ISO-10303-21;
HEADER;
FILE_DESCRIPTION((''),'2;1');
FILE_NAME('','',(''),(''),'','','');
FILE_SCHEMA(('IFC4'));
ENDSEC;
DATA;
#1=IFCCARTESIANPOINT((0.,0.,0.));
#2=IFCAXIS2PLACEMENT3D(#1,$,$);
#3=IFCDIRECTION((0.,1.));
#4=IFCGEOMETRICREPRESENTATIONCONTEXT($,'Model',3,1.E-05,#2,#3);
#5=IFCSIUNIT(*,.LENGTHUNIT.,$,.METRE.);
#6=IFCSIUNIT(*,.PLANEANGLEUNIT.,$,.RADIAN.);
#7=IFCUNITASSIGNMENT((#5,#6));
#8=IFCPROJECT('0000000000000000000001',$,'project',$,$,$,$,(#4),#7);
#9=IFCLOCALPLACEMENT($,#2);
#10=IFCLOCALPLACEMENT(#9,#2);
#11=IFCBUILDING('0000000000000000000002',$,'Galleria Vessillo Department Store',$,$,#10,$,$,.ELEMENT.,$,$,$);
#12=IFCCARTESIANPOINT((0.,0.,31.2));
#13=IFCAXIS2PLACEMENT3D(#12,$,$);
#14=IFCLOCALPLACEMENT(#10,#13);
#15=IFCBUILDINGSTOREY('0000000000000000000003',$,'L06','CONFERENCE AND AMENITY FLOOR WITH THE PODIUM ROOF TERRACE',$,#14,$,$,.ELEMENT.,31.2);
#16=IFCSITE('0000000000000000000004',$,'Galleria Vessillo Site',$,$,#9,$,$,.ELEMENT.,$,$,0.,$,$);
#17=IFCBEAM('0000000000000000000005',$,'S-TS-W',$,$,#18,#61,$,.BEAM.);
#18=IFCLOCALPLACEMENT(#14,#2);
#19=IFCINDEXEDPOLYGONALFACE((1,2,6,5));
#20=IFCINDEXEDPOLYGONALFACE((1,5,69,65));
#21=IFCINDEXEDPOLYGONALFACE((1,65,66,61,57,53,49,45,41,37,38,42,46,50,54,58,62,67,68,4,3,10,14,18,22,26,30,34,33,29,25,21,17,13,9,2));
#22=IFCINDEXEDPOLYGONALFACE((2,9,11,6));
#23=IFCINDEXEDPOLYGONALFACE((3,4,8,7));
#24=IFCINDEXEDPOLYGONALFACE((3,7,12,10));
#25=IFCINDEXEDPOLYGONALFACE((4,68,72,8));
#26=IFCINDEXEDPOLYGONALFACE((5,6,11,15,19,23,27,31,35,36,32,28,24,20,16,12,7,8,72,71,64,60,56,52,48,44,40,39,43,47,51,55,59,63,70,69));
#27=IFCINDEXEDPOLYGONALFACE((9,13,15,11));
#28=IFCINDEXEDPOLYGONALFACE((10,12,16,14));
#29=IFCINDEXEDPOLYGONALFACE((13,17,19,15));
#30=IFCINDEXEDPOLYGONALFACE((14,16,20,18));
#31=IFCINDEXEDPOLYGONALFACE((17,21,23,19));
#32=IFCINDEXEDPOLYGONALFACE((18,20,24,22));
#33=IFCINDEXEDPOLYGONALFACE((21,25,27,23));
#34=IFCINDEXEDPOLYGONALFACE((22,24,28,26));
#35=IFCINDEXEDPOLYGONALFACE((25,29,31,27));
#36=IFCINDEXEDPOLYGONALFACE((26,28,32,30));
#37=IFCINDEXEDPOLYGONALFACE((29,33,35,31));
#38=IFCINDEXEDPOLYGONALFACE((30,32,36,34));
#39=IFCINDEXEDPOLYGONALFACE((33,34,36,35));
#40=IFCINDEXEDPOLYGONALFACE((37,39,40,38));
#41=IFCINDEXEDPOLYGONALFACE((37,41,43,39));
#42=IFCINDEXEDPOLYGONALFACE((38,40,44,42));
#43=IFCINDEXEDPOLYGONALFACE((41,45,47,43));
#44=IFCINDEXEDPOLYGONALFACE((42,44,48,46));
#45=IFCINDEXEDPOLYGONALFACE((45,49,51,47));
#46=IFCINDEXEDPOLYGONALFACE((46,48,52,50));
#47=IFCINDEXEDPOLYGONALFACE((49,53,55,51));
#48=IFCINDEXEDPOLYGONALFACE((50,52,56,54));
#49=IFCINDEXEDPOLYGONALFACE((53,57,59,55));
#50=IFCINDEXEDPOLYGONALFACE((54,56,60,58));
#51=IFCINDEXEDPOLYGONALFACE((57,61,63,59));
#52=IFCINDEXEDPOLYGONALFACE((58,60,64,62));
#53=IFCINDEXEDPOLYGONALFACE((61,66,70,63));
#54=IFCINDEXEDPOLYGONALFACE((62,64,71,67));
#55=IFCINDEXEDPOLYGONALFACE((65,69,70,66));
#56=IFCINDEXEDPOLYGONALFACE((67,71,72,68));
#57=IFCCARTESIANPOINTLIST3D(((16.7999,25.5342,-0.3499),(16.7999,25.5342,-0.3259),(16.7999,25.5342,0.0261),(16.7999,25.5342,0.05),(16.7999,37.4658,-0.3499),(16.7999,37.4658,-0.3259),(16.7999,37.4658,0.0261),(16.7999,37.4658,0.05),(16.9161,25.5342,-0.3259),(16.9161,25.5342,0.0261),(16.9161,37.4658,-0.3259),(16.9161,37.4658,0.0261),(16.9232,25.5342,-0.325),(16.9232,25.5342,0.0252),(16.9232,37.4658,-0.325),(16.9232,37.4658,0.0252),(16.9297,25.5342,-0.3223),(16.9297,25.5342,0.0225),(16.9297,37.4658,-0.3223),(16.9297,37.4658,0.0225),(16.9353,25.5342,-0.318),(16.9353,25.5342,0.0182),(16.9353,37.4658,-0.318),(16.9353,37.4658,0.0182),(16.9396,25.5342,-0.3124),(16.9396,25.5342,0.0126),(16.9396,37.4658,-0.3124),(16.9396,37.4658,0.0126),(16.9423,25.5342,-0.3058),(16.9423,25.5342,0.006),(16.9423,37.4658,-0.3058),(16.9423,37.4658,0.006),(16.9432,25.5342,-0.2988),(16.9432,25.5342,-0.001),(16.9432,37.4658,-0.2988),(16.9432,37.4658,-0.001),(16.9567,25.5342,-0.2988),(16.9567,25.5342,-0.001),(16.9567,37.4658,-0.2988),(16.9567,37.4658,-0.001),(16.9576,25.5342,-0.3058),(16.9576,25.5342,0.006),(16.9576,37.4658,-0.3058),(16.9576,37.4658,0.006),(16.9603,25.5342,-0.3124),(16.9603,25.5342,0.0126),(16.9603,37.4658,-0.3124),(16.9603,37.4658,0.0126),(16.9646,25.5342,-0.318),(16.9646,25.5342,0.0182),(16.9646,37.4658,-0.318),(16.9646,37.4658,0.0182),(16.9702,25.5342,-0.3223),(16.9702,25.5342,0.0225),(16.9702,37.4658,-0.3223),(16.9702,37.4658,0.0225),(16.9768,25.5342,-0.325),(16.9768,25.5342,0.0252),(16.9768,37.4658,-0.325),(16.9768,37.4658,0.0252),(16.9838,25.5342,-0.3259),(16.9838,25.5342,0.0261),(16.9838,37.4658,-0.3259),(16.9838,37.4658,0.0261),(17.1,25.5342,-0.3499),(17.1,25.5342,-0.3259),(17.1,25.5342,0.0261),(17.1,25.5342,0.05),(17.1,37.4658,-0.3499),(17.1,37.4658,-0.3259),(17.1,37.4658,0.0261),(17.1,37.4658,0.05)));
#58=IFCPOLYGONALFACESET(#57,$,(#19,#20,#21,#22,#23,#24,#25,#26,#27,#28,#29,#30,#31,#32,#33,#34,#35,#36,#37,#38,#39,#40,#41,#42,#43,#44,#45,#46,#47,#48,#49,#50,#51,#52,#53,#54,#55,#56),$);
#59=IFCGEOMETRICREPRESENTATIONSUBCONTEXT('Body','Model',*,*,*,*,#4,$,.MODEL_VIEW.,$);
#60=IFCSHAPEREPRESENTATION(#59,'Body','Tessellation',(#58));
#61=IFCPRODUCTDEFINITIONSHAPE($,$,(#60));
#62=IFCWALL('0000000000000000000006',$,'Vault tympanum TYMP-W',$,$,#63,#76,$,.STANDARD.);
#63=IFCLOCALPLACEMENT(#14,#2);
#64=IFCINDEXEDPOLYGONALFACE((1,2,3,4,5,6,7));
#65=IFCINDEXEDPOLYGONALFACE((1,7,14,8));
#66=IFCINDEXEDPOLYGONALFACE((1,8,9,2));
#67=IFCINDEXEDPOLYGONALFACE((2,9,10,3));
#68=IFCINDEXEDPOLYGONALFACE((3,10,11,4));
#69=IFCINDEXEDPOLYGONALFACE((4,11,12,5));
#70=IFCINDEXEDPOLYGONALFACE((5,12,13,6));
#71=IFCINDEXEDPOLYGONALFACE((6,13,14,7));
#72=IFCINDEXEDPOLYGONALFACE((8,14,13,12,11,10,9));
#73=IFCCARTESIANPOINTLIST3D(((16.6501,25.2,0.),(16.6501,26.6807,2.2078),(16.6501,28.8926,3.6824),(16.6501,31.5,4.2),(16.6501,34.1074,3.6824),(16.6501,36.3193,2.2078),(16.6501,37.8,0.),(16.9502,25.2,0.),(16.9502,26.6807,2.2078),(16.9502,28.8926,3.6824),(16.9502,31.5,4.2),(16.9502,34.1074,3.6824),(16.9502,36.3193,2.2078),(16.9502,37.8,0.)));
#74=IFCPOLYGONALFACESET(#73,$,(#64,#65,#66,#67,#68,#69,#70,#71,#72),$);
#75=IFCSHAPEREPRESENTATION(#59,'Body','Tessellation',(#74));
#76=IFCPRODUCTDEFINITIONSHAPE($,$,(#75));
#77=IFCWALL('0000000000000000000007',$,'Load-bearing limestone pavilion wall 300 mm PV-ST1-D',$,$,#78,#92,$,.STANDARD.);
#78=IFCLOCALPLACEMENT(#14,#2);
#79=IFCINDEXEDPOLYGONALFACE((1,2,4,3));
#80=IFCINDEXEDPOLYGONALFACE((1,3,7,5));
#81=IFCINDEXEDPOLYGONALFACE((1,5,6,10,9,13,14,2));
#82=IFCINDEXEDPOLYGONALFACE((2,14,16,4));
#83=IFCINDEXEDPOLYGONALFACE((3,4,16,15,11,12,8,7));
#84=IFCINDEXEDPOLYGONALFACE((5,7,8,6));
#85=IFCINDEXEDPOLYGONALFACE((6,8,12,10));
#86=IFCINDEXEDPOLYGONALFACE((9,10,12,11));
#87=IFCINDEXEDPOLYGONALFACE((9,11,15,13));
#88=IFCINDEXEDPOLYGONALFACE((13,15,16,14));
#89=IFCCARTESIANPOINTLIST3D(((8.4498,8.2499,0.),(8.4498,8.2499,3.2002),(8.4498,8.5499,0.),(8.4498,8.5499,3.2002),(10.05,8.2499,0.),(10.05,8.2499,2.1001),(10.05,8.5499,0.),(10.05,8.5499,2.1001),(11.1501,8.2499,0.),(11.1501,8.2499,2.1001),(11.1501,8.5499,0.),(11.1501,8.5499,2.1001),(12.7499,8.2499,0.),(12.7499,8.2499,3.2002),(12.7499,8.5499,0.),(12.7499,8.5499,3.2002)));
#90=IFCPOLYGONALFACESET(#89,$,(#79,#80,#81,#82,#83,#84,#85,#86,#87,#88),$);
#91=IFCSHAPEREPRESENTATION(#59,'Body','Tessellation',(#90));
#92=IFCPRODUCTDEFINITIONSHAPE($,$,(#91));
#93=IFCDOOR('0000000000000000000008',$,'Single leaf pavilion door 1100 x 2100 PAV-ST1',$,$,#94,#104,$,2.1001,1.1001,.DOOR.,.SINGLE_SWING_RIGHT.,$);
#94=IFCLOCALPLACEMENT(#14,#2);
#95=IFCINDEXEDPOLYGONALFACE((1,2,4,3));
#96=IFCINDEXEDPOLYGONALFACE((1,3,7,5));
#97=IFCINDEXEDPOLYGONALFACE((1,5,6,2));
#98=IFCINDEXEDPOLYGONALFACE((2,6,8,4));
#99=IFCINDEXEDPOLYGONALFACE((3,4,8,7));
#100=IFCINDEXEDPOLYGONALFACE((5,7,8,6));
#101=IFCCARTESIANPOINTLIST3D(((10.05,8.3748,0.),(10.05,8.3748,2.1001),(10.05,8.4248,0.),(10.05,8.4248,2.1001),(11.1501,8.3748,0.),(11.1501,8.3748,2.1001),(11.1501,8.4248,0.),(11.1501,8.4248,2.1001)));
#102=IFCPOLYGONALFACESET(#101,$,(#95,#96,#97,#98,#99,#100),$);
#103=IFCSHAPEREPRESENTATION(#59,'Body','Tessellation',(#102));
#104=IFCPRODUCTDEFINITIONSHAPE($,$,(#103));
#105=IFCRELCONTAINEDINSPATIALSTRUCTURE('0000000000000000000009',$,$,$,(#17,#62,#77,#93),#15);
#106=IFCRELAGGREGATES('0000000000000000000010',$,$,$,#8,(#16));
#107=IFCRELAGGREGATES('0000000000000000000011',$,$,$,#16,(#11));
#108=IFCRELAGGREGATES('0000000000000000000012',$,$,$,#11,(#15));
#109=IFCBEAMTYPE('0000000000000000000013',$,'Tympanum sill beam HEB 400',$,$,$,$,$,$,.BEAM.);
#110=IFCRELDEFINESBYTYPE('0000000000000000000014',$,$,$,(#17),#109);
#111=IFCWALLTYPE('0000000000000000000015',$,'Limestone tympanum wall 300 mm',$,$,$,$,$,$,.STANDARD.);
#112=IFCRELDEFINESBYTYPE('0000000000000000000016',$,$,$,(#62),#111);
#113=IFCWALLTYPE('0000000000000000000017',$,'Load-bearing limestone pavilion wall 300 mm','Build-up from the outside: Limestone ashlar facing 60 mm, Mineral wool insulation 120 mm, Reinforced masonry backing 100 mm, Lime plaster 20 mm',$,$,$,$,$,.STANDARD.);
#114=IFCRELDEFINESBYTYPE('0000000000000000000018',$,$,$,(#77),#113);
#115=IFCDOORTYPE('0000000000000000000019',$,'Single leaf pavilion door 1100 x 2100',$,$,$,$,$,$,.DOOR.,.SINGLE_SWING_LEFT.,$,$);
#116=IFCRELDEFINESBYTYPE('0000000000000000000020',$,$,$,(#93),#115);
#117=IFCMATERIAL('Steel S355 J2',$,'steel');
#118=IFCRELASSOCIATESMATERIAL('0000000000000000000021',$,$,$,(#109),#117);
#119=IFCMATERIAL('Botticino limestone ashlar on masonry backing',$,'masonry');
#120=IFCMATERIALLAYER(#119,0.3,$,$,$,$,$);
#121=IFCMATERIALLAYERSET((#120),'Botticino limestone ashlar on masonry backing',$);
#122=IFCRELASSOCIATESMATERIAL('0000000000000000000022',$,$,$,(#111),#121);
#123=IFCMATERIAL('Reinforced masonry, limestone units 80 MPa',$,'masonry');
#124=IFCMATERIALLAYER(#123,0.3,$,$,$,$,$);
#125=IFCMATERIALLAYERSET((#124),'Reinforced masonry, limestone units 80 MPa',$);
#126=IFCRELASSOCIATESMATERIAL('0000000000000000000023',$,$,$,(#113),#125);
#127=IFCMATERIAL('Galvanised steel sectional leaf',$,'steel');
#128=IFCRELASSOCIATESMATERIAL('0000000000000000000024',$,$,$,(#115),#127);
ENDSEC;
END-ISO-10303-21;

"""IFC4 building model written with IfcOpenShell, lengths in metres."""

from ifc_helpers import new_model, si_unit, direction, frame, frame_2d, origin, origin_2d, place, context, subcontext, project, spatial, polyline, rectangle, i_section, outline, extrude, material, layer, layer_set, material_profile, profile_set, type_object, element, fill, save


model = new_model("IFC4")

# Units and contexts
model_context = context("Model", 3, precision=1e-05, world=origin(), true_north=direction((0.0, 1.0)))
body_context = subcontext(model_context, "Body", "Model", "MODEL_VIEW")
ifc_project = project(units=[si_unit("LENGTHUNIT", "METRE"), si_unit("PLANEANGLEUNIT", "RADIAN")], contexts=[model_context])

# Site, building, storey
site_placement = place(None, origin())
site = spatial("IfcSite", under=ifc_project, at=site_placement, Name="Galleria Vessillo Site", CompositionType="ELEMENT", RefElevation=0.0)
building_placement = place(site_placement, origin())
building = spatial("IfcBuilding", under=site, at=building_placement, Name="Galleria Vessillo Department Store", CompositionType="ELEMENT")
storey_placement = place(building_placement, frame((0.0, 0.0, 31.2)))
storey = spatial("IfcBuildingStorey", under=building, at=storey_placement, Name="L06", Description="CONFERENCE AND AMENITY FLOOR WITH THE PODIUM ROOF TERRACE", CompositionType="ELEMENT", Elevation=31.2)

# Beam
ifc_material_1 = material(Name="Steel S355 J2", Category="steel")
ifc_material_profile_1 = material_profile(ifc_material_1, i_section(OverallWidth=0.3, OverallDepth=0.3999, WebThickness=0.0134, FlangeThickness=0.0239, FilletRadius=0.0271, at=origin_2d()), Name="HEB 400")
ifc_profile_set_1 = profile_set([ifc_material_profile_1], Name="Steel S355 J2")
beam_type_1 = type_object("IfcBeamType", Name="Tympanum sill beam HEB 400", PredefinedType="BEAM", material=ifc_profile_set_1)
beam_1_placement = place(storey_placement, frame((16.95, 25.5342, -0.1499), z_axis=(0.0, 1.0, 0.0), x_axis=(-1.0, 0.0, 0.0)))
element("IfcBeam", 1, at=beam_1_placement, inside=storey, type_object=beam_type_1, Name="S-TS-W", PredefinedType="BEAM", context=body_context, shape_type="SweptSolid", body=[
    extrude(i_section(OverallWidth=0.3, OverallDepth=0.3999, WebThickness=0.0134, FlangeThickness=0.0239, FilletRadius=0.0271, at=origin_2d()), origin(), (0.0, 0.0, 1.0), 11.9316),
])

# Wall
ifc_material_2 = material(Name="Botticino limestone ashlar on masonry backing", Category="masonry")
ifc_layer_1 = layer(ifc_material_2, 0.3)
ifc_layer_set_1 = layer_set([ifc_layer_1], Name="Botticino limestone ashlar on masonry backing")
wall_type_1 = type_object("IfcWallType", Name="Limestone tympanum wall 300 mm", PredefinedType="STANDARD", material=ifc_layer_set_1)
wall_1_placement = place(storey_placement, frame((16.8, 25.2, 0.0), z_axis=(0.0, 0.0, 1.0), x_axis=(0.0, 1.0, 0.0)))
element("IfcWall", 2, at=wall_1_placement, inside=storey, type_object=wall_type_1, Name="Vault tympanum TYMP-W", PredefinedType="STANDARD", context=body_context, shape_type="SweptSolid", body=[
    extrude(outline(polyline([(0.0, 0.0), (12.6001, 0.0), (12.6001, 0.0), (11.1194, 2.2078), (8.9075, 3.6824), (6.3, 4.2), (3.6926, 3.6824), (1.4807, 2.2078), (0.0, 0.0), (0.0, 0.0)])), frame((0.0, 0.1499, 0.0), z_axis=(0.0, -1.0, 0.0), x_axis=(1.0, 0.0, 0.0)), (0.0, 0.0, 1.0), 0.3),
])

# Wall, opening, door
ifc_material_3 = material(Name="Reinforced masonry, limestone units 80 MPa", Category="masonry")
ifc_layer_2 = layer(ifc_material_3, 0.3)
ifc_layer_set_2 = layer_set([ifc_layer_2], Name="Reinforced masonry, limestone units 80 MPa")
wall_type_2 = type_object("IfcWallType", Name="Load-bearing limestone pavilion wall 300 mm", Description="Build-up from the outside: Limestone ashlar facing 60 mm, Mineral wool insulation 120 mm, Reinforced masonry backing 100 mm, Lime plaster 20 mm", PredefinedType="STANDARD", material=ifc_layer_set_2)
wall_2_placement = place(storey_placement, frame((8.45, 8.3999, 0.0), z_axis=(0.0, 0.0, 1.0), x_axis=(1.0, 0.0, 0.0)))
wall_2 = element("IfcWall", 3, at=wall_2_placement, inside=storey, type_object=wall_type_2, Name="Load-bearing limestone pavilion wall 300 mm PV-ST1-D", PredefinedType="STANDARD", context=body_context, shape_type="SweptSolid", body=[
    extrude(rectangle(XDim=4.3, YDim=0.3, at=frame_2d((2.1499, 0.0))), origin(), (0.0, 0.0, 1.0), 3.2002),
])
opening_placement = place(wall_2_placement, frame((1.6001, 0.0, 0.0)))
opening = element("IfcOpeningElement", 4, at=opening_placement, cuts=wall_2, PredefinedType="OPENING", context=body_context, shape_type="SweptSolid", body=[
    extrude(rectangle(XDim=1.1001, YDim=2.1001, at=frame_2d((0.55, 1.05))), frame((0.0, 0.1602, 0.0), z_axis=(0.0, -1.0, 0.0), x_axis=(1.0, 0.0, 0.0)), (0.0, 0.0, 1.0), 0.3201),
])
ifc_material_4 = material(Name="Galvanised steel sectional leaf", Category="steel")
door_type = type_object("IfcDoorType", Name="Single leaf pavilion door 1100 x 2100", OperationType="SINGLE_SWING_LEFT", PredefinedType="DOOR", material=ifc_material_4)
door_placement = place(opening_placement, origin())
door = element("IfcDoor", 5, at=door_placement, inside=storey, type_object=door_type, Name="Single leaf pavilion door 1100 x 2100 PAV-ST1", OperationType="SINGLE_SWING_RIGHT", OverallHeight=2.1001, OverallWidth=1.1001, PredefinedType="DOOR", context=body_context, shape_type="SweptSolid", body=[
    extrude(rectangle(XDim=1.1001, YDim=2.1001, at=frame_2d((0.55, 1.05))), frame((0.0, 0.0249, 0.0), z_axis=(0.0, -1.0, 0.0), x_axis=(1.0, 0.0, 0.0)), (0.0, 0.0, 1.0), 0.05),
])
fill(opening, door)

save(model, "model.ifc")
